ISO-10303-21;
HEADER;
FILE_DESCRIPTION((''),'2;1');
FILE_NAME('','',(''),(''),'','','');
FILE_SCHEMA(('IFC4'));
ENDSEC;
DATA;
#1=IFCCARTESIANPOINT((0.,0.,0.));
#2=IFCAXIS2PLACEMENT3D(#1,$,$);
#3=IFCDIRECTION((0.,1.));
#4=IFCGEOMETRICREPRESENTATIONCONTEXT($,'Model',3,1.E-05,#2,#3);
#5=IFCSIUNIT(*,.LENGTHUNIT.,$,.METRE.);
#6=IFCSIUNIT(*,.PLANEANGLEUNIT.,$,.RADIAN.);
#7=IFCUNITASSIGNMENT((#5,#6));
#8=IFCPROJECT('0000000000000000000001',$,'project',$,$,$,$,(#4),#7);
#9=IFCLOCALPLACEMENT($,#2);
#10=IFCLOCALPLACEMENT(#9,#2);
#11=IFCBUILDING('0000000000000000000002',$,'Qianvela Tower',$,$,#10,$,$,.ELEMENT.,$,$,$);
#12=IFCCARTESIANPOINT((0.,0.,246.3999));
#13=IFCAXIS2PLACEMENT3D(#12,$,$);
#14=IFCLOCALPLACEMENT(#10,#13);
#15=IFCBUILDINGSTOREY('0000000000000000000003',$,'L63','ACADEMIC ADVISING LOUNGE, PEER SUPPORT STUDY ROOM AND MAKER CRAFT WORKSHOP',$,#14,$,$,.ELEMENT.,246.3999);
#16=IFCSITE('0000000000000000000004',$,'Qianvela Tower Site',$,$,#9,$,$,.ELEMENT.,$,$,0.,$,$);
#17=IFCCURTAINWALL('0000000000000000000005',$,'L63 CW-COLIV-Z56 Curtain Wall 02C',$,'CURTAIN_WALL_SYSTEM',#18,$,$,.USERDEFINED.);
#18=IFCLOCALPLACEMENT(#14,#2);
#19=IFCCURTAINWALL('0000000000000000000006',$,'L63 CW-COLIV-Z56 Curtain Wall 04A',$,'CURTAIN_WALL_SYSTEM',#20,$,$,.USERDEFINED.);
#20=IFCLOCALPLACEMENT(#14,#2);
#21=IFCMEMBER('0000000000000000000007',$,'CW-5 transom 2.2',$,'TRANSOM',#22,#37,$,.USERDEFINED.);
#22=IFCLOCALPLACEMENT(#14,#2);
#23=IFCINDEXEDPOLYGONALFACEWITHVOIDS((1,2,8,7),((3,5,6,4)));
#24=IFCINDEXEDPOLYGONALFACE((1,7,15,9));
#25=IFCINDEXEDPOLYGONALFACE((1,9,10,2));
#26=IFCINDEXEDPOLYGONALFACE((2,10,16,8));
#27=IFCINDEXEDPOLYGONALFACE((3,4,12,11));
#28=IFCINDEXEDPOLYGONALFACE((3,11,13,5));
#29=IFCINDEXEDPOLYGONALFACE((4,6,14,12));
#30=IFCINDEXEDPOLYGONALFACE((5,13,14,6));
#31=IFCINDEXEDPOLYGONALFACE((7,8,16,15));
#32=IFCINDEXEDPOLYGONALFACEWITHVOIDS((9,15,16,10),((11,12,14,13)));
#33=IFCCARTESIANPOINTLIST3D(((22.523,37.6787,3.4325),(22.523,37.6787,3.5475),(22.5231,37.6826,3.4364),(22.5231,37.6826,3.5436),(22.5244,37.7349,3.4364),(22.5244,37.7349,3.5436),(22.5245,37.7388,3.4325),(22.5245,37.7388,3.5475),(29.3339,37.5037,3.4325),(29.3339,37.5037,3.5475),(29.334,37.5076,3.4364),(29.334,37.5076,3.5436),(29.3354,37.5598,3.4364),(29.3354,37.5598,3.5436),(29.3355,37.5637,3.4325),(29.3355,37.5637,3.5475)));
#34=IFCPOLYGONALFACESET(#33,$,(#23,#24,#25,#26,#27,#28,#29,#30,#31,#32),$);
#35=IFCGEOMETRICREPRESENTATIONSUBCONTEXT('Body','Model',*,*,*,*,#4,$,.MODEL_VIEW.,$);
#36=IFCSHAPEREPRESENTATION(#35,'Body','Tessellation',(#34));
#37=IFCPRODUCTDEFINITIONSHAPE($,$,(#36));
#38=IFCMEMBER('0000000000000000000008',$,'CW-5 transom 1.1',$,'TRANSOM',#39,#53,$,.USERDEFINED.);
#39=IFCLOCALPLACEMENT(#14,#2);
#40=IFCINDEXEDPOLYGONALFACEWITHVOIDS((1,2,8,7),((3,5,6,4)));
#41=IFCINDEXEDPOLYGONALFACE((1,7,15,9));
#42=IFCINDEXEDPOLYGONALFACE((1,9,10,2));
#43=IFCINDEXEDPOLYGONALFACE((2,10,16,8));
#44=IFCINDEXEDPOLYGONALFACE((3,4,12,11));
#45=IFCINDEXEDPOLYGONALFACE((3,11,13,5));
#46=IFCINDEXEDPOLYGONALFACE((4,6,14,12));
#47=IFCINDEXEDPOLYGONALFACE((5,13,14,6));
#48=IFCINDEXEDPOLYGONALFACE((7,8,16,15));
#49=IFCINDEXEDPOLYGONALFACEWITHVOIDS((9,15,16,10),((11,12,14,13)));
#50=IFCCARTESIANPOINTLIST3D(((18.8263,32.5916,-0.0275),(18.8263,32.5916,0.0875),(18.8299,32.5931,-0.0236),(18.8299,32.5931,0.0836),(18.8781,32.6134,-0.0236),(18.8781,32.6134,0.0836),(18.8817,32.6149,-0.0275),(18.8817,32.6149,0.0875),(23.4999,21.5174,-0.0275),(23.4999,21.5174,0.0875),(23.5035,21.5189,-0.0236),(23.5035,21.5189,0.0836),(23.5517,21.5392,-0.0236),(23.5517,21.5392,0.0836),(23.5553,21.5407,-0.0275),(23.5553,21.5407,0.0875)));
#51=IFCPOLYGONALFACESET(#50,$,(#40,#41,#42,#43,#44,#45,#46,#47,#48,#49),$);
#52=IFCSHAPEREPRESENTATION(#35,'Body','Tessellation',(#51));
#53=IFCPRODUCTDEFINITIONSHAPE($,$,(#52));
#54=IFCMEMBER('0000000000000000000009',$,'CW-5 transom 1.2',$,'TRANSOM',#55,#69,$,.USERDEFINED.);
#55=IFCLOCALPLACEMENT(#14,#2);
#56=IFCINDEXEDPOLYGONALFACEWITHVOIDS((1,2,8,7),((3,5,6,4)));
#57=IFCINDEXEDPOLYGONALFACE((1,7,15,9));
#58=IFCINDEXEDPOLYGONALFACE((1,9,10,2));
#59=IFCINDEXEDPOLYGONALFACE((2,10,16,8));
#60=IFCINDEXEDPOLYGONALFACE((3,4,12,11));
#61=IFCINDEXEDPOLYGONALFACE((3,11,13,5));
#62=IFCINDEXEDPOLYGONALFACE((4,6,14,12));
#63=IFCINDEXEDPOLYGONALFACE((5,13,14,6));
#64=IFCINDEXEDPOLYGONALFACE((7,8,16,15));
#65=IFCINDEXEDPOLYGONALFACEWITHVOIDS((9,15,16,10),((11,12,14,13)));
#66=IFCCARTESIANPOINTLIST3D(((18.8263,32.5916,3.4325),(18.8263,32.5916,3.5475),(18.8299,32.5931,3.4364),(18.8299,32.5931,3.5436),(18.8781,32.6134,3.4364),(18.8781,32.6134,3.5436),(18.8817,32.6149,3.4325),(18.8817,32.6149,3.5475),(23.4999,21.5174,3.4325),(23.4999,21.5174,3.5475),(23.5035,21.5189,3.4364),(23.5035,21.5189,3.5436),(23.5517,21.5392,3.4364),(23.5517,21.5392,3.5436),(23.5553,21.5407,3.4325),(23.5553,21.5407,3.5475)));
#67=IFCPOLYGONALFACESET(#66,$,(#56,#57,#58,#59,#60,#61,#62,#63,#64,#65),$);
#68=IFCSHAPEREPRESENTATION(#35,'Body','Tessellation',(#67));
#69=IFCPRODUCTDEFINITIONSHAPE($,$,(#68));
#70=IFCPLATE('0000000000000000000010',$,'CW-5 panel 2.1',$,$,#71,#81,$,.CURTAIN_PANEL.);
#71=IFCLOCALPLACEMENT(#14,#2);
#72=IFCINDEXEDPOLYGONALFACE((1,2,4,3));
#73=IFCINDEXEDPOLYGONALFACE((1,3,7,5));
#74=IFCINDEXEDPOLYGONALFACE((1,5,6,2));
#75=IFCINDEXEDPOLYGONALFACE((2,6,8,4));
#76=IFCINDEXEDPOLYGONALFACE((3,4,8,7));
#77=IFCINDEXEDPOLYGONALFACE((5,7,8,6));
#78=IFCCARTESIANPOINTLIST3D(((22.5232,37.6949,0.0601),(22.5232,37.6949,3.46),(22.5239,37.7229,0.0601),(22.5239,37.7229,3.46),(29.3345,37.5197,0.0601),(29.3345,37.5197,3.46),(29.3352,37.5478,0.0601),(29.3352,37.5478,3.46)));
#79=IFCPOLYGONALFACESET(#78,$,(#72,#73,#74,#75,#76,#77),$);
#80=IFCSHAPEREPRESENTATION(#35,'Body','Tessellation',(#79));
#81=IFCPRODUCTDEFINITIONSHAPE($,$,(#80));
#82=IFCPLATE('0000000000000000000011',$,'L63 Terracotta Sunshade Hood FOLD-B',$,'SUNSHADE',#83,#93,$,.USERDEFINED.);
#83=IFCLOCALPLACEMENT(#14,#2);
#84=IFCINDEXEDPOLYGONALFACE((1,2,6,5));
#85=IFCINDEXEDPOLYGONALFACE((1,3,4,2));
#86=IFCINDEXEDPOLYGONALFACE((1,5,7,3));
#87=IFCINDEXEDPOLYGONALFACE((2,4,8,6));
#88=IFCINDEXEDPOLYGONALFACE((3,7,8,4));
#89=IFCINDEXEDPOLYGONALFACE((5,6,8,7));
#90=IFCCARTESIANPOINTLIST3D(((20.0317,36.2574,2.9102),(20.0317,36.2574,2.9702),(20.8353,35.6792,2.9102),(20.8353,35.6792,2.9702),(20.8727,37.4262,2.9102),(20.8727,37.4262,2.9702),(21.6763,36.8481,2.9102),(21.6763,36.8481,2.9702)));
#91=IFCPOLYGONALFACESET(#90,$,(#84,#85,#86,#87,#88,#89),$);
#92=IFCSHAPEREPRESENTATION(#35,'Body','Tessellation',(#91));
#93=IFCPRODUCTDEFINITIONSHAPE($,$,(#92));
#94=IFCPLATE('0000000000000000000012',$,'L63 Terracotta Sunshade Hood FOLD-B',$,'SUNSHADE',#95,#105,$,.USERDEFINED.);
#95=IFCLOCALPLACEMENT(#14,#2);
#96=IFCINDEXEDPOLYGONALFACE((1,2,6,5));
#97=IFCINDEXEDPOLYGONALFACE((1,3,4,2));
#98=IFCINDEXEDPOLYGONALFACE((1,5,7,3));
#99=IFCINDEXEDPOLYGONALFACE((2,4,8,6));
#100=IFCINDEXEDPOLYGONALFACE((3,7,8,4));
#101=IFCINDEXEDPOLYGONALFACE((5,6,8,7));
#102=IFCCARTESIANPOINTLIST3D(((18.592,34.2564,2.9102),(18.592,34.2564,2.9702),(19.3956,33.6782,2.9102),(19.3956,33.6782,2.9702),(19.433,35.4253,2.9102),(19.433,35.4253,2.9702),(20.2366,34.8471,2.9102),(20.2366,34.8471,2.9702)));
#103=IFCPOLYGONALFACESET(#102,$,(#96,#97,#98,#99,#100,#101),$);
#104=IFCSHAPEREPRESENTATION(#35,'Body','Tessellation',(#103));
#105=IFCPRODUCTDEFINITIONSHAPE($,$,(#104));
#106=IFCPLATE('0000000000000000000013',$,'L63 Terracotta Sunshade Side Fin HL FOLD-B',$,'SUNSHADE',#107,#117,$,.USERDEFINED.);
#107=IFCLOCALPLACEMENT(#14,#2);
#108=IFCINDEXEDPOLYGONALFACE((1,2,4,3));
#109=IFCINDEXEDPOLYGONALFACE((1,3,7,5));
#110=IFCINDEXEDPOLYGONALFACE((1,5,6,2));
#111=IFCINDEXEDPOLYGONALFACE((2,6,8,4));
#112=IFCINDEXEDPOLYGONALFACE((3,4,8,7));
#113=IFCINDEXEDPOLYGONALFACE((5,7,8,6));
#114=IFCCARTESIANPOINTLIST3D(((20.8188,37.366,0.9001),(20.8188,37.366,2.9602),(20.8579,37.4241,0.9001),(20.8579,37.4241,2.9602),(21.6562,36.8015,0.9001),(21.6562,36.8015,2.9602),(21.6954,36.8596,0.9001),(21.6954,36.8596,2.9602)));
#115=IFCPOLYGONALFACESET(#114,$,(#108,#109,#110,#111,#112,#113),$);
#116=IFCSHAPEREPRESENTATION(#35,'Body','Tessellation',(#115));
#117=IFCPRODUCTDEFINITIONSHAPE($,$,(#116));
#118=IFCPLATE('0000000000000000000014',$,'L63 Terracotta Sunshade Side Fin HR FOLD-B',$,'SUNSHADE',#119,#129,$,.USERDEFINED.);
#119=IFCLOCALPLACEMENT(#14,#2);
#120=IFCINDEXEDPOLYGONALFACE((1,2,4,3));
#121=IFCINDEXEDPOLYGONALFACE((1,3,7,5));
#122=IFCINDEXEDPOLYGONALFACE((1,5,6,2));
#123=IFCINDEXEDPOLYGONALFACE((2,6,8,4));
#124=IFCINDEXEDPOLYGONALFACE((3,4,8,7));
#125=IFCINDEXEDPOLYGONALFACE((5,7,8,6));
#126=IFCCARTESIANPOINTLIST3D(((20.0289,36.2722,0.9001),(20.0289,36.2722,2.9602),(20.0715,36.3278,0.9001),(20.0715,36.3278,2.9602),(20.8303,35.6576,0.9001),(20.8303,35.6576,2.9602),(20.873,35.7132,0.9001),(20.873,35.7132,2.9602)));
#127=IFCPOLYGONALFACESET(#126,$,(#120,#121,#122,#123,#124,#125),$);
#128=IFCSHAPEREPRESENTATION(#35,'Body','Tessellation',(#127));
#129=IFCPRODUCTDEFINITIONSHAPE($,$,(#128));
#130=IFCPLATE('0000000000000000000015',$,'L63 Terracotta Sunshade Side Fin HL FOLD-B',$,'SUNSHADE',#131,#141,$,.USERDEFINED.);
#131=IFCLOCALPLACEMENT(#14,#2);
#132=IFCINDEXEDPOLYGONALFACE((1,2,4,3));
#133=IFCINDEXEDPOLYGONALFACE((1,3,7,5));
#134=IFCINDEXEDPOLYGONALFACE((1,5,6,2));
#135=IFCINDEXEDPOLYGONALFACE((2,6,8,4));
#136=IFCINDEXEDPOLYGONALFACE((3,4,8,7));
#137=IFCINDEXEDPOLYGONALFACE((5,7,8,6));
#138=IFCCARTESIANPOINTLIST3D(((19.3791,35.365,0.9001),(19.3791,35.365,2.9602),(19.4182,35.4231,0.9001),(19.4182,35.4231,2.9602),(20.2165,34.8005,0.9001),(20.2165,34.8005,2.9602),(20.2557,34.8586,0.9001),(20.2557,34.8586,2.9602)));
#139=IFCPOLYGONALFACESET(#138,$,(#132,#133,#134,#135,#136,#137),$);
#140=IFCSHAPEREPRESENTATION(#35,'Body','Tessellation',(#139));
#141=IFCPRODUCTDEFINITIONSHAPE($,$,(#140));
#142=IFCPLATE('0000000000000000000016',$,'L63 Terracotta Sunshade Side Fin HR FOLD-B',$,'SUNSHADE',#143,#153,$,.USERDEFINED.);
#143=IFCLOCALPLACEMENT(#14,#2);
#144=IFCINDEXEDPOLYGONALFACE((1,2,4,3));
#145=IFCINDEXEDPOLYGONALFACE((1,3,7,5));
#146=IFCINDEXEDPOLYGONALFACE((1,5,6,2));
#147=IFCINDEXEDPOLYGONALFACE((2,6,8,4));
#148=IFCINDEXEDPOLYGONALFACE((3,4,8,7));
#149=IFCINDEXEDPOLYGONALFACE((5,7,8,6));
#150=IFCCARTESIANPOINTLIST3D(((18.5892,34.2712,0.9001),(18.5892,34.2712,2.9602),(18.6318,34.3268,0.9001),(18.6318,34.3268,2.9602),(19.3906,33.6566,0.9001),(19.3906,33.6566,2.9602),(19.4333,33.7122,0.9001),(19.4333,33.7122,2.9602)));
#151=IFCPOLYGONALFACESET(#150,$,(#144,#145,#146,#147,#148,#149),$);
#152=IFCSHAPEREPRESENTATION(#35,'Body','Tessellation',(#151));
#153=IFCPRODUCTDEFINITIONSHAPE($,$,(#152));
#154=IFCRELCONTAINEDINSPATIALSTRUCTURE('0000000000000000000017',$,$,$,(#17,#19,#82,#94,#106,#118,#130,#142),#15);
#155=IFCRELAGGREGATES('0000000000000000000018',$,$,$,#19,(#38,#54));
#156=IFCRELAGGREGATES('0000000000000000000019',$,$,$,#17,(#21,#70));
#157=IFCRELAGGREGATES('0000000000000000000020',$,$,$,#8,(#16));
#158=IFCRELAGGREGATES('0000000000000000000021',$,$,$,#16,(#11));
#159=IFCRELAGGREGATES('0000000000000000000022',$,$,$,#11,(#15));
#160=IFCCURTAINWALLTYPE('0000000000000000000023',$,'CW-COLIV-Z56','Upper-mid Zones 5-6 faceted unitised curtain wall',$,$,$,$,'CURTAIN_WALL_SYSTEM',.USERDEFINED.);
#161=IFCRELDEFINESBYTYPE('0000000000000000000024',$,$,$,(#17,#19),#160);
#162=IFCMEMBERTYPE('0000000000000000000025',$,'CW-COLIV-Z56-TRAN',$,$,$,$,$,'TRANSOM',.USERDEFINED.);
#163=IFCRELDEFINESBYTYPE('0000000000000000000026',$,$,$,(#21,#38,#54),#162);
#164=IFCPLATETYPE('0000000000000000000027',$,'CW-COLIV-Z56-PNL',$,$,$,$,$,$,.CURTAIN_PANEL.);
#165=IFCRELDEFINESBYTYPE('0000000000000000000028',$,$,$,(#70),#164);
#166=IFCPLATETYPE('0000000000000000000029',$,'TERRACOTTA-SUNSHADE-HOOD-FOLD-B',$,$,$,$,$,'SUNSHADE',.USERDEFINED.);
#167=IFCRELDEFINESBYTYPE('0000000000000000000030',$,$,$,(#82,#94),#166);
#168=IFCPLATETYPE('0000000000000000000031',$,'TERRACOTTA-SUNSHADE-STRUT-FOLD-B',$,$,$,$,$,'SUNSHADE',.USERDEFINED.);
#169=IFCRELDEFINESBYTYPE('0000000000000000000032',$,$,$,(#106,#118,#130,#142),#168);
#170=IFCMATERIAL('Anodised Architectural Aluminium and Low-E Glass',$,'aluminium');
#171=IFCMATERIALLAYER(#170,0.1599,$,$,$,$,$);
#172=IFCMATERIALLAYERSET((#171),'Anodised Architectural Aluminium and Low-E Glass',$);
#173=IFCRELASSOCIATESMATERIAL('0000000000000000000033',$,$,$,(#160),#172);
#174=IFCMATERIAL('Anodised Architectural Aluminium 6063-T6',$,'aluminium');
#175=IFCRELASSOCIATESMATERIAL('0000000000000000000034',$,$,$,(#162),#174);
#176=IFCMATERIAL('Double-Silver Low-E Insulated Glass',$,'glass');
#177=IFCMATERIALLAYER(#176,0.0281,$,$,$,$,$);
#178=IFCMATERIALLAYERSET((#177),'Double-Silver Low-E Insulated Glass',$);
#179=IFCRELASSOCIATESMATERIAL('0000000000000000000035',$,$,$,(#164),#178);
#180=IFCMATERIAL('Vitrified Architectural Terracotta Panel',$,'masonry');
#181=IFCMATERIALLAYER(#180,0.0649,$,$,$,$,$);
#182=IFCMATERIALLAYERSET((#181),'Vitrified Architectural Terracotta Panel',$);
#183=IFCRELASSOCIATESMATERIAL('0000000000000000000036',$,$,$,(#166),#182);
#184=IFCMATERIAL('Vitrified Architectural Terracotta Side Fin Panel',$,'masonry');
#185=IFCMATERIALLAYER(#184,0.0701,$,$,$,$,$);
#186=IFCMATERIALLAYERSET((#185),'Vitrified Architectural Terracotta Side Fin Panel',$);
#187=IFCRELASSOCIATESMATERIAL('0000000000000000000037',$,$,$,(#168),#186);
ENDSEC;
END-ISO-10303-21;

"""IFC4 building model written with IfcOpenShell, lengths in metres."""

from ifc_helpers import new_model, si_unit, direction, frame, origin, origin_2d, place, context, subcontext, project, spatial, rectangle, hollow_rectangle, extrude, material, layer, layer_set, material_profile, profile_set, type_object, element, aggregate, save


model = new_model("IFC4")

# Units and contexts
model_context = context("Model", 3, precision=1e-05, world=origin(), true_north=direction((0.0, 1.0)))
body_context = subcontext(model_context, "Body", "Model", "MODEL_VIEW")
ifc_project = project(units=[si_unit("LENGTHUNIT", "METRE"), si_unit("PLANEANGLEUNIT", "RADIAN")], contexts=[model_context])

# Site, building, storey
site_placement = place(None, origin())
site = spatial("IfcSite", under=ifc_project, at=site_placement, Name="Qianvela Tower Site", CompositionType="ELEMENT", RefElevation=0.0)
building_placement = place(site_placement, origin())
building = spatial("IfcBuilding", under=site, at=building_placement, Name="Qianvela Tower", CompositionType="ELEMENT")
storey_placement = place(building_placement, frame((0.0, 0.0, 246.3999)))
storey = spatial("IfcBuildingStorey", under=building, at=storey_placement, Name="L63", Description="ACADEMIC ADVISING LOUNGE, PEER SUPPORT STUDY ROOM AND MAKER CRAFT WORKSHOP", CompositionType="ELEMENT", Elevation=246.3999)

# Curtain wall
ifc_material_1 = material(Name="Anodised Architectural Aluminium and Low-E Glass", Category="aluminium")
ifc_layer_1 = layer(ifc_material_1, 0.1599)
ifc_layer_set_1 = layer_set([ifc_layer_1], Name="Anodised Architectural Aluminium and Low-E Glass")
curtain_wall_type = type_object("IfcCurtainWallType", Name="CW-COLIV-Z56", Description="Upper-mid Zones 5-6 faceted unitised curtain wall", ElementType="CURTAIN_WALL_SYSTEM", PredefinedType="USERDEFINED", material=ifc_layer_set_1)
curtain_wall_1_placement = place(storey_placement, origin())
curtain_wall_1 = element("IfcCurtainWall", 1, at=curtain_wall_1_placement, inside=storey, type_object=curtain_wall_type, Name="L63 CW-COLIV-Z56 Curtain Wall 02C", ObjectType="CURTAIN_WALL_SYSTEM", PredefinedType="USERDEFINED")

# Curtain wall
curtain_wall_2_placement = place(storey_placement, origin())
curtain_wall_2 = element("IfcCurtainWall", 2, at=curtain_wall_2_placement, inside=storey, type_object=curtain_wall_type, Name="L63 CW-COLIV-Z56 Curtain Wall 04A", ObjectType="CURTAIN_WALL_SYSTEM", PredefinedType="USERDEFINED")

# Members
ifc_material_2 = material(Name="Anodised Architectural Aluminium 6063-T6", Category="aluminium")
ifc_material_profile_1 = material_profile(ifc_material_2, hollow_rectangle(XDim=0.0601, YDim=0.115, WallThickness=0.0039, at=origin_2d()), Name="ALU-TRAN-60x115")
ifc_profile_set_1 = profile_set([ifc_material_profile_1], Name="Anodised Architectural Aluminium 6063-T6")
member_type_1 = type_object("IfcMemberType", Name="CW-COLIV-Z56-TRAN", ElementType="TRANSOM", PredefinedType="USERDEFINED", material=ifc_profile_set_1)
member_1_placement = place(storey_placement, frame((29.3347, 37.5337, 3.49), z_axis=(-0.99967, 0.025692, 0.0), x_axis=(-0.025692, -0.99967, 0.0)))
member_1 = element("IfcMember", 3, at=member_1_placement, type_object=member_type_1, Name="CW-5 transom 2.2", ObjectType="TRANSOM", PredefinedType="USERDEFINED", context=body_context, shape_type="SweptSolid", body=[
    extrude(hollow_rectangle(XDim=0.0601, YDim=0.115, WallThickness=0.0039, at=origin_2d()), origin(), (0.0, 0.0, 1.0), 6.8132),
])
member_2_placement = place(storey_placement, frame((18.854, 32.6033, 0.03), z_axis=(0.388817, -0.921315, 0.0), x_axis=(0.921315, 0.388817, 0.0)))
member_2 = element("IfcMember", 4, at=member_2_placement, type_object=member_type_1, Name="CW-5 transom 1.1", ObjectType="TRANSOM", PredefinedType="USERDEFINED", context=body_context, shape_type="SweptSolid", body=[
    extrude(hollow_rectangle(XDim=0.0601, YDim=0.115, WallThickness=0.0039, at=origin_2d()), origin(), (0.0, 0.0, 1.0), 12.02),
])
member_3_placement = place(storey_placement, frame((18.854, 32.6033, 3.49), z_axis=(0.388817, -0.921315, 0.0), x_axis=(0.921315, 0.388817, 0.0)))
member_3 = element("IfcMember", 5, at=member_3_placement, type_object=member_type_1, Name="CW-5 transom 1.2", ObjectType="TRANSOM", PredefinedType="USERDEFINED", context=body_context, shape_type="SweptSolid", body=[
    extrude(hollow_rectangle(XDim=0.0601, YDim=0.115, WallThickness=0.0039, at=origin_2d()), origin(), (0.0, 0.0, 1.0), 12.02),
])
aggregate(curtain_wall_2, [member_2, member_3])

# Plate
ifc_material_3 = material(Name="Double-Silver Low-E Insulated Glass", Category="glass")
ifc_layer_2 = layer(ifc_material_3, 0.0281)
ifc_layer_set_2 = layer_set([ifc_layer_2], Name="Double-Silver Low-E Insulated Glass")
plate_type_1 = type_object("IfcPlateType", Name="CW-COLIV-Z56-PNL", PredefinedType="CURTAIN_PANEL", material=ifc_layer_set_2)
plate_placement = place(storey_placement, frame((25.9292, 37.6213, 0.0601), z_axis=(0.0, 0.0, 1.0), x_axis=(-0.99967, 0.025705, 0.0)))
plate = element("IfcPlate", 6, at=plate_placement, type_object=plate_type_1, Name="CW-5 panel 2.1", PredefinedType="CURTAIN_PANEL", context=body_context, shape_type="SweptSolid", body=[
    extrude(rectangle(XDim=6.8135, YDim=0.0281, at=origin_2d()), origin(), (0.0, 0.0, 1.0), 3.3999),
])
aggregate(curtain_wall_1, [member_1, plate])

# Plates
ifc_material_4 = material(Name="Vitrified Architectural Terracotta Panel", Category="masonry")
ifc_layer_3 = layer(ifc_material_4, 0.0649)
ifc_layer_set_3 = layer_set([ifc_layer_3], Name="Vitrified Architectural Terracotta Panel")
plate_type_2 = type_object("IfcPlateType", Name="TERRACOTTA-SUNSHADE-HOOD-FOLD-B", ElementType="SUNSHADE", PredefinedType="USERDEFINED", material=ifc_layer_set_3)
for number, where, z_axis, x_axis, name in (
    (7, (20.854, 36.5527, 2.9102), (0.0, 0.0, 1.0), (-0.584027, -0.811734, 0.0), "L63 Terracotta Sunshade Hood FOLD-B"),
    (8, (19.4143, 34.5518, 2.9102), (0.0, 0.0, 1.0), (-0.584027, -0.811734, 0.0), "L63 Terracotta Sunshade Hood FOLD-B"),
):
    element("IfcPlate", number, at=place(storey_placement, frame(where, z_axis=z_axis, x_axis=x_axis)), inside=storey, type_object=plate_type_2, Name=name, ObjectType="SUNSHADE", PredefinedType="USERDEFINED", context=body_context, shape_type="SweptSolid", body=[
        extrude(rectangle(XDim=1.4399, YDim=0.99, at=origin_2d()), origin(), (0.0, 0.0, 1.0), 0.0601),
    ])
ifc_material_5 = material(Name="Vitrified Architectural Terracotta Side Fin Panel", Category="masonry")
ifc_layer_4 = layer(ifc_material_5, 0.0701)
ifc_layer_set_4 = layer_set([ifc_layer_4], Name="Vitrified Architectural Terracotta Side Fin Panel")
plate_type_3 = type_object("IfcPlateType", Name="TERRACOTTA-SUNSHADE-STRUT-FOLD-B", ElementType="SUNSHADE", PredefinedType="USERDEFINED", material=ifc_layer_set_4)
for number, where, z_axis, x_axis, name in (
    (9, (21.2571, 37.1128, 0.9001), (0.0, 0.0, 1.0), (-0.558966, -0.829191, 0.0), "L63 Terracotta Sunshade Side Fin HL FOLD-B"),
    (10, (20.4509, 35.9927, 0.9001), (0.0, 0.0, 1.0), (-0.608544, -0.79352, 0.0), "L63 Terracotta Sunshade Side Fin HR FOLD-B"),
    (11, (19.8174, 35.1118, 0.9001), (0.0, 0.0, 1.0), (-0.558966, -0.829191, 0.0), "L63 Terracotta Sunshade Side Fin HL FOLD-B"),
    (12, (19.0112, 33.9917, 0.9001), (0.0, 0.0, 1.0), (-0.608544, -0.79352, 0.0), "L63 Terracotta Sunshade Side Fin HR FOLD-B"),
):
    element("IfcPlate", number, at=place(storey_placement, frame(where, z_axis=z_axis, x_axis=x_axis)), inside=storey, type_object=plate_type_3, Name=name, ObjectType="SUNSHADE", PredefinedType="USERDEFINED", context=body_context, shape_type="SweptSolid", body=[
        extrude(rectangle(XDim=0.0701, YDim=1.01, at=origin_2d()), origin(), (0.0, 0.0, 1.0), 2.0601),
    ])

save(model, "model.ifc")
